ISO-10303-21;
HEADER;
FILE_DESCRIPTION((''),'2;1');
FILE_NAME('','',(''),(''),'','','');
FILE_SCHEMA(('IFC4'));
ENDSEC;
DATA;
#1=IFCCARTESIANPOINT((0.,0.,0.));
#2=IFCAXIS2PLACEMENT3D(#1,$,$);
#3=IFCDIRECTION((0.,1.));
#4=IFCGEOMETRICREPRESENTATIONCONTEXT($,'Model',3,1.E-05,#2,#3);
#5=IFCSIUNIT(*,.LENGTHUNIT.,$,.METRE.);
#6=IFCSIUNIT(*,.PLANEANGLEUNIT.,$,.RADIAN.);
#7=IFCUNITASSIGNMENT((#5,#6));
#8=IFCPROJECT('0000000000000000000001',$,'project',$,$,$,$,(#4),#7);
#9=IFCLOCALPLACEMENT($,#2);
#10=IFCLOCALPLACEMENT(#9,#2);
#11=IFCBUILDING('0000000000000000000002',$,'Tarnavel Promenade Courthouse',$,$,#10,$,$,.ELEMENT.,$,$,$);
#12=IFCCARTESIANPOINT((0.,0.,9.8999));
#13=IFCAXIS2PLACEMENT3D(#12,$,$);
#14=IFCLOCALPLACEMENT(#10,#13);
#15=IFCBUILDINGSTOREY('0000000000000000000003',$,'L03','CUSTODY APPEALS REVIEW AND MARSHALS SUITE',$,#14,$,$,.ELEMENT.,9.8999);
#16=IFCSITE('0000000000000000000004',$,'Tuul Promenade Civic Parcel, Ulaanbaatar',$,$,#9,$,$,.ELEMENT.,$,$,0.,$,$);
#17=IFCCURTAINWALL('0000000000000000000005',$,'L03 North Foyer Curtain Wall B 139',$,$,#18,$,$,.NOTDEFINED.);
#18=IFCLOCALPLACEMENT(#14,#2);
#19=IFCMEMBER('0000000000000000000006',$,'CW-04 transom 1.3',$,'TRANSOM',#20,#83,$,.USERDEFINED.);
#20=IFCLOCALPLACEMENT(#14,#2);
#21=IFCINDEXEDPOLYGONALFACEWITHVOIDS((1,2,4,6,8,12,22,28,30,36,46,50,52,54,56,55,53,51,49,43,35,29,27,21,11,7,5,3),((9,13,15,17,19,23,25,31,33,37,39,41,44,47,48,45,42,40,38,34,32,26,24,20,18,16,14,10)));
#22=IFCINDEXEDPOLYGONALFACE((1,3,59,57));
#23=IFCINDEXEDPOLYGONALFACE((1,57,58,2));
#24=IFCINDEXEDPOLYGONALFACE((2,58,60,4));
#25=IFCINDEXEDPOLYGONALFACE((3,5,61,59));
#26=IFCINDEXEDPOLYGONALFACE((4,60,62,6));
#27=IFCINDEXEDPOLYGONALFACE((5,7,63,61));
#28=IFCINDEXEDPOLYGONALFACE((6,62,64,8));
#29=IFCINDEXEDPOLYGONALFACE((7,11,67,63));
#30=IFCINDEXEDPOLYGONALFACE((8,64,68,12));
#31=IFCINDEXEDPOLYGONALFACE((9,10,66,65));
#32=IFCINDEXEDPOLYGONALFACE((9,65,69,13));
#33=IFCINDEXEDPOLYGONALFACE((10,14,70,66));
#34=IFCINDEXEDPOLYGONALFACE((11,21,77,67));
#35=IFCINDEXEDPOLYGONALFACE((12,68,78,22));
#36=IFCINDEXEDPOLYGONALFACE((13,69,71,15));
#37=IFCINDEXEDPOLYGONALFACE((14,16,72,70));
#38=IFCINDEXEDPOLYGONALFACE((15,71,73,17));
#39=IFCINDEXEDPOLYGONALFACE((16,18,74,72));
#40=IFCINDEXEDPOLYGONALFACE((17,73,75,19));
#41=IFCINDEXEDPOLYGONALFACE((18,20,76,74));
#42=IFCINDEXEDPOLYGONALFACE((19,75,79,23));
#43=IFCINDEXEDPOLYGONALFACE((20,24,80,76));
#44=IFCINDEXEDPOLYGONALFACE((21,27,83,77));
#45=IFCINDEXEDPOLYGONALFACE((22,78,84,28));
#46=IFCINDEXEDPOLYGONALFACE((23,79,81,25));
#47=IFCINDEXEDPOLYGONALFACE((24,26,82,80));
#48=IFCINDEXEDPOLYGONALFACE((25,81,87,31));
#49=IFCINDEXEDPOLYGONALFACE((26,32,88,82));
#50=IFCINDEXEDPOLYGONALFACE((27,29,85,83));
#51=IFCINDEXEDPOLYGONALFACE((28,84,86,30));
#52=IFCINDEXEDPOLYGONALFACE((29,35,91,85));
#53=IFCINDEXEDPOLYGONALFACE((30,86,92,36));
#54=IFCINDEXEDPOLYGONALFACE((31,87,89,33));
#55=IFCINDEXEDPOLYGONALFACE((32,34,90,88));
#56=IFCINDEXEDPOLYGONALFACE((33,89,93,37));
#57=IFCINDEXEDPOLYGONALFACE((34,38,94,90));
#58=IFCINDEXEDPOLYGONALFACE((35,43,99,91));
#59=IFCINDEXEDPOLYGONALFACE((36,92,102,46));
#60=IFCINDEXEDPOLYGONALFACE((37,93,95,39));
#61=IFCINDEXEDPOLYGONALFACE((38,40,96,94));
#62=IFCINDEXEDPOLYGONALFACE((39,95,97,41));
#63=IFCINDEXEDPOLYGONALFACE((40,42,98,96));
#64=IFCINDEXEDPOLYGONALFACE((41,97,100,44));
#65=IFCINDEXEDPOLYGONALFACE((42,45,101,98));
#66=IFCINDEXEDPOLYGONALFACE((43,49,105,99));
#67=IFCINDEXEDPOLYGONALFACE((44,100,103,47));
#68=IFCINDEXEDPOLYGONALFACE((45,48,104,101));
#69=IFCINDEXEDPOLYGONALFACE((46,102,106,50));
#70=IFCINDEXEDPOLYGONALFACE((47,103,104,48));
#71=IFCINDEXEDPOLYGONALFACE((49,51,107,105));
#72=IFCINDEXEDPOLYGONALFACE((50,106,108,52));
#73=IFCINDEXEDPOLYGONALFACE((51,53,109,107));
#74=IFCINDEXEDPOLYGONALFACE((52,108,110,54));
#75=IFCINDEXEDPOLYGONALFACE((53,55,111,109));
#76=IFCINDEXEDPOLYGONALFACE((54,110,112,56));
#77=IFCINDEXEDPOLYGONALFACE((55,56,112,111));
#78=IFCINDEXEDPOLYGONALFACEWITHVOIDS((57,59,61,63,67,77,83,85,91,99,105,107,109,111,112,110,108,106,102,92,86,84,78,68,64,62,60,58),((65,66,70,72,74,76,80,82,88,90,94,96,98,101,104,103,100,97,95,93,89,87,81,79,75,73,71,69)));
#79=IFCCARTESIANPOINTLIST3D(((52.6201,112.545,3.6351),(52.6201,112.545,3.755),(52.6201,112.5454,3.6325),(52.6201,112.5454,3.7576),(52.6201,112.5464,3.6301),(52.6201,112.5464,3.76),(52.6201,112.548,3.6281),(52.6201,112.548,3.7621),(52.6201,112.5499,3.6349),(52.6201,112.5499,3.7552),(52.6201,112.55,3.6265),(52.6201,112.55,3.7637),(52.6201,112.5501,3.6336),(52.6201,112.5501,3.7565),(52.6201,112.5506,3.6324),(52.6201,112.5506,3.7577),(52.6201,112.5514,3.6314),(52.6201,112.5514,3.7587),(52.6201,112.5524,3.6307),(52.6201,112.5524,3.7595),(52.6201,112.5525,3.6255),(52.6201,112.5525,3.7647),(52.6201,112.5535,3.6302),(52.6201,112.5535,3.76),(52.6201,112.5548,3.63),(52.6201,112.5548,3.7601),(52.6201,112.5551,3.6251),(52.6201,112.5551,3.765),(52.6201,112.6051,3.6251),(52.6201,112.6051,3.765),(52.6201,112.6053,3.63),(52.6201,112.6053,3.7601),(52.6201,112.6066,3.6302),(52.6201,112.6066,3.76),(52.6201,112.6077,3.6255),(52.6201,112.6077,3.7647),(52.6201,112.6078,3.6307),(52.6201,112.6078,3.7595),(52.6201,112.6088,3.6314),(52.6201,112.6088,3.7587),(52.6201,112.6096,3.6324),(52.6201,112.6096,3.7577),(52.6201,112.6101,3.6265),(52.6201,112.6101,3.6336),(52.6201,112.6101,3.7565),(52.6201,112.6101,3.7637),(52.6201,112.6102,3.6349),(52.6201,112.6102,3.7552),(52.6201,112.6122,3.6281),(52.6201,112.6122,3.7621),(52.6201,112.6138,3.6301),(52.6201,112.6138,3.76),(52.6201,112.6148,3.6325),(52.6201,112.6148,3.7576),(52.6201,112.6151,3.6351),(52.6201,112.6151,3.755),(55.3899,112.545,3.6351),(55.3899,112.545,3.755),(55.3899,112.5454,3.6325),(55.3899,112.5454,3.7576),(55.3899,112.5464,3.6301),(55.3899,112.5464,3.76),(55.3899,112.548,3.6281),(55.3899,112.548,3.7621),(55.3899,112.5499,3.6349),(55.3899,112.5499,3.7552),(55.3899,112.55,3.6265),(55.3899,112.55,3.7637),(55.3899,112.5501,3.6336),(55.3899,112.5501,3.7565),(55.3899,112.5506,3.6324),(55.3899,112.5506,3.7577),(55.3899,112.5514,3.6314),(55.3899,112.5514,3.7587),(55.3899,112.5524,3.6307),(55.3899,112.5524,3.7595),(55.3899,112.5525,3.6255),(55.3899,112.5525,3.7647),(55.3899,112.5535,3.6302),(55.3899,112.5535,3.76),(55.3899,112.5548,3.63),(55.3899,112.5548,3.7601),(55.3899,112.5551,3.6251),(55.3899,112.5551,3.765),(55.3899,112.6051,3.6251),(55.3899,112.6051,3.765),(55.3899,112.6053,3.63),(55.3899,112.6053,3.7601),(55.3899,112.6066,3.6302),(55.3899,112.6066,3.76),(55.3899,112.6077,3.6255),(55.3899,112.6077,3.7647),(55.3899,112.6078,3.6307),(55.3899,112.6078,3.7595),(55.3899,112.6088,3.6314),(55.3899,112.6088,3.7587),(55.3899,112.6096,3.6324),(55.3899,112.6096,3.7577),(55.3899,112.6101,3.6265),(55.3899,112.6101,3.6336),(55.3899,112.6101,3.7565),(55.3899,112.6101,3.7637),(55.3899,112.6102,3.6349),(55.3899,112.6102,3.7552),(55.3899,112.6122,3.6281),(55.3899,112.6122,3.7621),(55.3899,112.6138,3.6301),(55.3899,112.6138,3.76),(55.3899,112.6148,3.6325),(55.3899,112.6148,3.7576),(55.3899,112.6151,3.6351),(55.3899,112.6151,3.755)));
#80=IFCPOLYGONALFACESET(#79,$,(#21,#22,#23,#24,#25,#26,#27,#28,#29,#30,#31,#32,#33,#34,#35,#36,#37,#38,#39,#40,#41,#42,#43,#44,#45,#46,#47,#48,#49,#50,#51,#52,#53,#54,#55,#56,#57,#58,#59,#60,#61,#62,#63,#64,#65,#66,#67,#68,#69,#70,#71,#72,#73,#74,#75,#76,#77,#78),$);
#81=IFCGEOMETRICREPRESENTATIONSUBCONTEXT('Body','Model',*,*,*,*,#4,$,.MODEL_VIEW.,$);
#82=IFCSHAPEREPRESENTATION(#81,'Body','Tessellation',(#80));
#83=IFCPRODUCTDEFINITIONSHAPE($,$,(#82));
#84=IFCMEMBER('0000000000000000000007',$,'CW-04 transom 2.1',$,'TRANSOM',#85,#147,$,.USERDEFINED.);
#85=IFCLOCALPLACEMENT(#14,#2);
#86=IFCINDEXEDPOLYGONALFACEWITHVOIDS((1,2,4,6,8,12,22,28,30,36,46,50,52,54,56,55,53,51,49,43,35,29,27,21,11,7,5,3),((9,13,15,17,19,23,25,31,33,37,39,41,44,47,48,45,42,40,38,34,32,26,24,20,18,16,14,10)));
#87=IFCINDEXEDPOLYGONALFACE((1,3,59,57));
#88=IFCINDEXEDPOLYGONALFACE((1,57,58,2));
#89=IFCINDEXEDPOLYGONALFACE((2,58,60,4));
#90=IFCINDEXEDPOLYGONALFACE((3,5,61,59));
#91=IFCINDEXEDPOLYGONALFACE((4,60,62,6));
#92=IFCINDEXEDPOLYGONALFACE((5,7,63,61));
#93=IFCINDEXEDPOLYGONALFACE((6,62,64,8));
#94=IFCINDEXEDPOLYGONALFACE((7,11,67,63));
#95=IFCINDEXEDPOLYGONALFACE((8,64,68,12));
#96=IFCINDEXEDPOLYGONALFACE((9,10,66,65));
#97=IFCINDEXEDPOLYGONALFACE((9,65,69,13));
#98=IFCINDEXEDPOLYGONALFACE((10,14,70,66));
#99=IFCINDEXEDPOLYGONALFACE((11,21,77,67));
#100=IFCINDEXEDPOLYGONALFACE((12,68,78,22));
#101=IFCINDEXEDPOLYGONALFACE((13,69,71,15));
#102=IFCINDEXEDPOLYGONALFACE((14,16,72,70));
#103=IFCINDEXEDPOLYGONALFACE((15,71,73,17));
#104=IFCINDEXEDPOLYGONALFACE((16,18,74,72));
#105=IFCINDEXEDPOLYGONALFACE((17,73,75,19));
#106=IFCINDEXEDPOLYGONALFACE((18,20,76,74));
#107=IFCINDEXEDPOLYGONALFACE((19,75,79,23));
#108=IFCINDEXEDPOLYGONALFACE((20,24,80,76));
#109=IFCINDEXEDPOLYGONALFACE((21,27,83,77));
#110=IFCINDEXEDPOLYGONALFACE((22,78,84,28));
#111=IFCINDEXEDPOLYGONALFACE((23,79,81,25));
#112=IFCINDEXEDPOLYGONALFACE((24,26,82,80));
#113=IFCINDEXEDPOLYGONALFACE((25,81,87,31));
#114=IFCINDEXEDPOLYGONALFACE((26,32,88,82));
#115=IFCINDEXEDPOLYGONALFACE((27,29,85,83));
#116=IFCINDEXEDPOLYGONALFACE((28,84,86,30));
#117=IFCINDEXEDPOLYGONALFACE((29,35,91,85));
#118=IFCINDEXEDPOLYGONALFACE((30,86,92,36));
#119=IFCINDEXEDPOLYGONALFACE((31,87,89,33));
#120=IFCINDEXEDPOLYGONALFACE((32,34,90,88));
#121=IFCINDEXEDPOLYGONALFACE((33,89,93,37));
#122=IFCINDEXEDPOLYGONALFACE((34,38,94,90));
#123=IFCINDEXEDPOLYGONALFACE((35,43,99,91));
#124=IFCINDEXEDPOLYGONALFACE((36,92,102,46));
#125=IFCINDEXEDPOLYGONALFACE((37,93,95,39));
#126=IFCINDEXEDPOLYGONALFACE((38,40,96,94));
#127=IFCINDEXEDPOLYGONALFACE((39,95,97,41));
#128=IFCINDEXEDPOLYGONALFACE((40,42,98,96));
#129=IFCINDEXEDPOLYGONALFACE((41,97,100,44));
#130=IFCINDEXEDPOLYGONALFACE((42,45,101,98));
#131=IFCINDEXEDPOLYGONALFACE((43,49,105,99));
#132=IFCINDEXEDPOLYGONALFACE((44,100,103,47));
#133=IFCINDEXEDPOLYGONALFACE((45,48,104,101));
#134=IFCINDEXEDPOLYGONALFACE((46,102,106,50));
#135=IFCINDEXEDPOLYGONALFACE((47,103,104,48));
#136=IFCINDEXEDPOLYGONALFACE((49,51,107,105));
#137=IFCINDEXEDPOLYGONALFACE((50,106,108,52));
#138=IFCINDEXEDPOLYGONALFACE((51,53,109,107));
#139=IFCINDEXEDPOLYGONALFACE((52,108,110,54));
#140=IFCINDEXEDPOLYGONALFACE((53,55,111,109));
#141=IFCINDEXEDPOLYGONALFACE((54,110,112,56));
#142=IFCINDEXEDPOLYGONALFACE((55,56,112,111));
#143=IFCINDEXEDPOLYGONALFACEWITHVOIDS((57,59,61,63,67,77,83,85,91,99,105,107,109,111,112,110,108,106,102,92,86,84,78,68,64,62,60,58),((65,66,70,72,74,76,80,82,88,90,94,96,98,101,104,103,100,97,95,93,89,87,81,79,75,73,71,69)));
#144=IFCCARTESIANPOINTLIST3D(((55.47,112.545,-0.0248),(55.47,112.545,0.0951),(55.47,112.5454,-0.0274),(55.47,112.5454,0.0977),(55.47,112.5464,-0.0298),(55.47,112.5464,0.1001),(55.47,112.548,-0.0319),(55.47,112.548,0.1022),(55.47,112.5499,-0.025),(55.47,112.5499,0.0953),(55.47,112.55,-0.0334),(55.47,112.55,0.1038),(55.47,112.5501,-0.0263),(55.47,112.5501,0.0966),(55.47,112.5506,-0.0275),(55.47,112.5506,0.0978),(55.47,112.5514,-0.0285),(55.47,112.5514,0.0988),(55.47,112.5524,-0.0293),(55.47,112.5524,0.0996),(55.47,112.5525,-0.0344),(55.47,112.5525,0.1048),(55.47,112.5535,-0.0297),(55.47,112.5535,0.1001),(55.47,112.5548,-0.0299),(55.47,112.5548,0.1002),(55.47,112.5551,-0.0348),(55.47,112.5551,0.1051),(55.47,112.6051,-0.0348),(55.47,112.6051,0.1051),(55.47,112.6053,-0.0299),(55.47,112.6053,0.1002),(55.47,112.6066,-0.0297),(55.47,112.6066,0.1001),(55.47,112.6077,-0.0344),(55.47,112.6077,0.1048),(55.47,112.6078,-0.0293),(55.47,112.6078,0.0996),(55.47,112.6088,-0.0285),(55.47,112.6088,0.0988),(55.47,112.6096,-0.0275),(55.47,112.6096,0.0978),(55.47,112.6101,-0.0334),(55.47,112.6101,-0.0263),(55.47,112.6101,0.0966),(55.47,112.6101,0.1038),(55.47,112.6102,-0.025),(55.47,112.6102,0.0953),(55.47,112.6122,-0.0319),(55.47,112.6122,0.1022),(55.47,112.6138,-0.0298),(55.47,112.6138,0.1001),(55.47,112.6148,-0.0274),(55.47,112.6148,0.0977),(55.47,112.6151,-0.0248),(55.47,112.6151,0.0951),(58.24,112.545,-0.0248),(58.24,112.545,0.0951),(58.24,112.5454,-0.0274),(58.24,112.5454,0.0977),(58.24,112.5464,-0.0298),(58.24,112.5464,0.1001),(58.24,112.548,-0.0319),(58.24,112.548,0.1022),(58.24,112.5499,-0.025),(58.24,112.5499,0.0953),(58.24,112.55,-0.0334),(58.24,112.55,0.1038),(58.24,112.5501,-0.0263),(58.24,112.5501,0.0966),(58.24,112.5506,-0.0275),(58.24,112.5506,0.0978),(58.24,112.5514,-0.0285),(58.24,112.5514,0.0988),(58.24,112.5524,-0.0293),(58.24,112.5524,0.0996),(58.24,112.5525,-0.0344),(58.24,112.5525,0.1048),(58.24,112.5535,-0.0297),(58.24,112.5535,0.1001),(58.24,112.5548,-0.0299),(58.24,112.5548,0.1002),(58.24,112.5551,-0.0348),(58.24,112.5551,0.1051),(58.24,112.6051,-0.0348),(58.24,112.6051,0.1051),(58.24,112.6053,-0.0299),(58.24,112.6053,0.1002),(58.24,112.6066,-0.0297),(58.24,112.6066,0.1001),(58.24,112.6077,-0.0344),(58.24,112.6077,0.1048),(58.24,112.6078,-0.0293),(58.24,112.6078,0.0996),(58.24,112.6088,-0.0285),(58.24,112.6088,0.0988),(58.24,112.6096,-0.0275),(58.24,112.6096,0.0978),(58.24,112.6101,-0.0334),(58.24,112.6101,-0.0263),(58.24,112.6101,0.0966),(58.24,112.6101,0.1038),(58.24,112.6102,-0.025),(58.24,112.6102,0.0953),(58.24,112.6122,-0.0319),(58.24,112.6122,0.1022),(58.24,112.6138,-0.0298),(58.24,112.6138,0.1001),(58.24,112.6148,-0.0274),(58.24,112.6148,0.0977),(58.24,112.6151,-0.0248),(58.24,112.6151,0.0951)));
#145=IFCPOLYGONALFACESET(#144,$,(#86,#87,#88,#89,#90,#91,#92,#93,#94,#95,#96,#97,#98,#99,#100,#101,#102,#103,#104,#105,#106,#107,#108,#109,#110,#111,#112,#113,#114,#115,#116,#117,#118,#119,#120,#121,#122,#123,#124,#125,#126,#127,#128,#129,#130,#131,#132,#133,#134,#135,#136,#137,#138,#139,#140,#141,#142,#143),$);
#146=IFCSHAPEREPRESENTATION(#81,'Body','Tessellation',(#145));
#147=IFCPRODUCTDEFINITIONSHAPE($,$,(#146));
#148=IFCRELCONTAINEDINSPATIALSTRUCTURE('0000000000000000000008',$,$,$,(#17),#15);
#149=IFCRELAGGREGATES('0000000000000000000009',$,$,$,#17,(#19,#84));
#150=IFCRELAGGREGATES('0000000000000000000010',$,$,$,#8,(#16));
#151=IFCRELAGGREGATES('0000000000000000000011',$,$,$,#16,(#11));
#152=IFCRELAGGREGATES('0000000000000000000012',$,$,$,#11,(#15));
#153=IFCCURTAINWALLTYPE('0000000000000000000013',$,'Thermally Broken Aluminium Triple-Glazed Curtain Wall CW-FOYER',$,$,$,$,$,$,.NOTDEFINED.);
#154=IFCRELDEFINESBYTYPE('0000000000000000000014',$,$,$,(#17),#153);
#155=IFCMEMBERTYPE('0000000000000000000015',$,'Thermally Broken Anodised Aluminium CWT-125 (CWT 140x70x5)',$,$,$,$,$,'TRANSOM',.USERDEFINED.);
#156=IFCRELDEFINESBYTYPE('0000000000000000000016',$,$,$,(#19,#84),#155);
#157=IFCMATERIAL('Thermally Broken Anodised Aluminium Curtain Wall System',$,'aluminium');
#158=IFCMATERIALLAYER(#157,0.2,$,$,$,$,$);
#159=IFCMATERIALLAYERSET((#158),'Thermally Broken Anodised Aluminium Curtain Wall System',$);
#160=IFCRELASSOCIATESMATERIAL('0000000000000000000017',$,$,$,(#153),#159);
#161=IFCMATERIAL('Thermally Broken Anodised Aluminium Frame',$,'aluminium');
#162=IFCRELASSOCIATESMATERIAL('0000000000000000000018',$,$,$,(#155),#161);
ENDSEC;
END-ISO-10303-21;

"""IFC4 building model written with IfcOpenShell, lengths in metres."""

from ifc_helpers import new_model, si_unit, direction, frame, origin, origin_2d, place, context, subcontext, project, spatial, hollow_rectangle, extrude, material, layer, layer_set, material_profile, profile_set, type_object, element, aggregate, save


model = new_model("IFC4")

# Units and contexts
model_context = context("Model", 3, precision=1e-05, world=origin(), true_north=direction((0.0, 1.0)))
body_context = subcontext(model_context, "Body", "Model", "MODEL_VIEW")
ifc_project = project(units=[si_unit("LENGTHUNIT", "METRE"), si_unit("PLANEANGLEUNIT", "RADIAN")], contexts=[model_context])

# Site, building, storey
site_placement = place(None, origin())
site = spatial("IfcSite", under=ifc_project, at=site_placement, Name="Tuul Promenade Civic Parcel, Ulaanbaatar", CompositionType="ELEMENT", RefElevation=0.0)
building_placement = place(site_placement, origin())
building = spatial("IfcBuilding", under=site, at=building_placement, Name="Tarnavel Promenade Courthouse", CompositionType="ELEMENT")
storey_placement = place(building_placement, frame((0.0, 0.0, 9.8999)))
storey = spatial("IfcBuildingStorey", under=building, at=storey_placement, Name="L03", Description="CUSTODY APPEALS REVIEW AND MARSHALS SUITE", CompositionType="ELEMENT", Elevation=9.8999)

# Curtain wall
ifc_material_1 = material(Name="Thermally Broken Anodised Aluminium Curtain Wall System", Category="aluminium")
ifc_layer_1 = layer(ifc_material_1, 0.2)
ifc_layer_set_1 = layer_set([ifc_layer_1], Name="Thermally Broken Anodised Aluminium Curtain Wall System")
curtain_wall_type = type_object("IfcCurtainWallType", Name="Thermally Broken Aluminium Triple-Glazed Curtain Wall CW-FOYER", PredefinedType="NOTDEFINED", material=ifc_layer_set_1)
curtain_wall_1_placement = place(storey_placement, origin())
curtain_wall_1 = element("IfcCurtainWall", 1, at=curtain_wall_1_placement, inside=storey, type_object=curtain_wall_type, Name="L03 North Foyer Curtain Wall B 139", PredefinedType="NOTDEFINED")
ifc_material_2 = material(Name="Thermally Broken Anodised Aluminium Frame", Category="aluminium")

# Members
ifc_material_profile_1 = material_profile(ifc_material_2, hollow_rectangle(XDim=0.0701, YDim=0.1399, WallThickness=0.0049, InnerFilletRadius=0.0049, OuterFilletRadius=0.01, at=origin_2d()), Name="CWT 140x70x5")
ifc_profile_set_1 = profile_set([ifc_material_profile_1], Name="Thermally Broken Anodised Aluminium Frame")
member_type_1 = type_object("IfcMemberType", Name="Thermally Broken Anodised Aluminium CWT-125 (CWT 140x70x5)", ElementType="TRANSOM", PredefinedType="USERDEFINED", material=ifc_profile_set_1)
member_1_placement = place(storey_placement, frame((52.6201, 112.5801, 3.6951), z_axis=(1.0, 0.0, 0.0), x_axis=(0.0, 1.0, 0.0)))
member_1 = element("IfcMember", 2, at=member_1_placement, type_object=member_type_1, Name="CW-04 transom 1.3", ObjectType="TRANSOM", PredefinedType="USERDEFINED", context=body_context, shape_type="SweptSolid", body=[
    extrude(hollow_rectangle(XDim=0.0701, YDim=0.1399, WallThickness=0.0049, InnerFilletRadius=0.0049, OuterFilletRadius=0.01, at=origin_2d()), origin(), (0.0, 0.0, 1.0), 2.7698),
])
member_2_placement = place(storey_placement, frame((55.47, 112.5801, 0.0352), z_axis=(1.0, 0.0, 0.0), x_axis=(0.0, 1.0, 0.0)))
member_2 = element("IfcMember", 3, at=member_2_placement, type_object=member_type_1, Name="CW-04 transom 2.1", ObjectType="TRANSOM", PredefinedType="USERDEFINED", context=body_context, shape_type="SweptSolid", body=[
    extrude(hollow_rectangle(XDim=0.0701, YDim=0.1399, WallThickness=0.0049, InnerFilletRadius=0.0049, OuterFilletRadius=0.01, at=origin_2d()), origin(), (0.0, 0.0, 1.0), 2.77),
])

aggregate(curtain_wall_1, [member_1, member_2])

save(model, "model.ifc")
